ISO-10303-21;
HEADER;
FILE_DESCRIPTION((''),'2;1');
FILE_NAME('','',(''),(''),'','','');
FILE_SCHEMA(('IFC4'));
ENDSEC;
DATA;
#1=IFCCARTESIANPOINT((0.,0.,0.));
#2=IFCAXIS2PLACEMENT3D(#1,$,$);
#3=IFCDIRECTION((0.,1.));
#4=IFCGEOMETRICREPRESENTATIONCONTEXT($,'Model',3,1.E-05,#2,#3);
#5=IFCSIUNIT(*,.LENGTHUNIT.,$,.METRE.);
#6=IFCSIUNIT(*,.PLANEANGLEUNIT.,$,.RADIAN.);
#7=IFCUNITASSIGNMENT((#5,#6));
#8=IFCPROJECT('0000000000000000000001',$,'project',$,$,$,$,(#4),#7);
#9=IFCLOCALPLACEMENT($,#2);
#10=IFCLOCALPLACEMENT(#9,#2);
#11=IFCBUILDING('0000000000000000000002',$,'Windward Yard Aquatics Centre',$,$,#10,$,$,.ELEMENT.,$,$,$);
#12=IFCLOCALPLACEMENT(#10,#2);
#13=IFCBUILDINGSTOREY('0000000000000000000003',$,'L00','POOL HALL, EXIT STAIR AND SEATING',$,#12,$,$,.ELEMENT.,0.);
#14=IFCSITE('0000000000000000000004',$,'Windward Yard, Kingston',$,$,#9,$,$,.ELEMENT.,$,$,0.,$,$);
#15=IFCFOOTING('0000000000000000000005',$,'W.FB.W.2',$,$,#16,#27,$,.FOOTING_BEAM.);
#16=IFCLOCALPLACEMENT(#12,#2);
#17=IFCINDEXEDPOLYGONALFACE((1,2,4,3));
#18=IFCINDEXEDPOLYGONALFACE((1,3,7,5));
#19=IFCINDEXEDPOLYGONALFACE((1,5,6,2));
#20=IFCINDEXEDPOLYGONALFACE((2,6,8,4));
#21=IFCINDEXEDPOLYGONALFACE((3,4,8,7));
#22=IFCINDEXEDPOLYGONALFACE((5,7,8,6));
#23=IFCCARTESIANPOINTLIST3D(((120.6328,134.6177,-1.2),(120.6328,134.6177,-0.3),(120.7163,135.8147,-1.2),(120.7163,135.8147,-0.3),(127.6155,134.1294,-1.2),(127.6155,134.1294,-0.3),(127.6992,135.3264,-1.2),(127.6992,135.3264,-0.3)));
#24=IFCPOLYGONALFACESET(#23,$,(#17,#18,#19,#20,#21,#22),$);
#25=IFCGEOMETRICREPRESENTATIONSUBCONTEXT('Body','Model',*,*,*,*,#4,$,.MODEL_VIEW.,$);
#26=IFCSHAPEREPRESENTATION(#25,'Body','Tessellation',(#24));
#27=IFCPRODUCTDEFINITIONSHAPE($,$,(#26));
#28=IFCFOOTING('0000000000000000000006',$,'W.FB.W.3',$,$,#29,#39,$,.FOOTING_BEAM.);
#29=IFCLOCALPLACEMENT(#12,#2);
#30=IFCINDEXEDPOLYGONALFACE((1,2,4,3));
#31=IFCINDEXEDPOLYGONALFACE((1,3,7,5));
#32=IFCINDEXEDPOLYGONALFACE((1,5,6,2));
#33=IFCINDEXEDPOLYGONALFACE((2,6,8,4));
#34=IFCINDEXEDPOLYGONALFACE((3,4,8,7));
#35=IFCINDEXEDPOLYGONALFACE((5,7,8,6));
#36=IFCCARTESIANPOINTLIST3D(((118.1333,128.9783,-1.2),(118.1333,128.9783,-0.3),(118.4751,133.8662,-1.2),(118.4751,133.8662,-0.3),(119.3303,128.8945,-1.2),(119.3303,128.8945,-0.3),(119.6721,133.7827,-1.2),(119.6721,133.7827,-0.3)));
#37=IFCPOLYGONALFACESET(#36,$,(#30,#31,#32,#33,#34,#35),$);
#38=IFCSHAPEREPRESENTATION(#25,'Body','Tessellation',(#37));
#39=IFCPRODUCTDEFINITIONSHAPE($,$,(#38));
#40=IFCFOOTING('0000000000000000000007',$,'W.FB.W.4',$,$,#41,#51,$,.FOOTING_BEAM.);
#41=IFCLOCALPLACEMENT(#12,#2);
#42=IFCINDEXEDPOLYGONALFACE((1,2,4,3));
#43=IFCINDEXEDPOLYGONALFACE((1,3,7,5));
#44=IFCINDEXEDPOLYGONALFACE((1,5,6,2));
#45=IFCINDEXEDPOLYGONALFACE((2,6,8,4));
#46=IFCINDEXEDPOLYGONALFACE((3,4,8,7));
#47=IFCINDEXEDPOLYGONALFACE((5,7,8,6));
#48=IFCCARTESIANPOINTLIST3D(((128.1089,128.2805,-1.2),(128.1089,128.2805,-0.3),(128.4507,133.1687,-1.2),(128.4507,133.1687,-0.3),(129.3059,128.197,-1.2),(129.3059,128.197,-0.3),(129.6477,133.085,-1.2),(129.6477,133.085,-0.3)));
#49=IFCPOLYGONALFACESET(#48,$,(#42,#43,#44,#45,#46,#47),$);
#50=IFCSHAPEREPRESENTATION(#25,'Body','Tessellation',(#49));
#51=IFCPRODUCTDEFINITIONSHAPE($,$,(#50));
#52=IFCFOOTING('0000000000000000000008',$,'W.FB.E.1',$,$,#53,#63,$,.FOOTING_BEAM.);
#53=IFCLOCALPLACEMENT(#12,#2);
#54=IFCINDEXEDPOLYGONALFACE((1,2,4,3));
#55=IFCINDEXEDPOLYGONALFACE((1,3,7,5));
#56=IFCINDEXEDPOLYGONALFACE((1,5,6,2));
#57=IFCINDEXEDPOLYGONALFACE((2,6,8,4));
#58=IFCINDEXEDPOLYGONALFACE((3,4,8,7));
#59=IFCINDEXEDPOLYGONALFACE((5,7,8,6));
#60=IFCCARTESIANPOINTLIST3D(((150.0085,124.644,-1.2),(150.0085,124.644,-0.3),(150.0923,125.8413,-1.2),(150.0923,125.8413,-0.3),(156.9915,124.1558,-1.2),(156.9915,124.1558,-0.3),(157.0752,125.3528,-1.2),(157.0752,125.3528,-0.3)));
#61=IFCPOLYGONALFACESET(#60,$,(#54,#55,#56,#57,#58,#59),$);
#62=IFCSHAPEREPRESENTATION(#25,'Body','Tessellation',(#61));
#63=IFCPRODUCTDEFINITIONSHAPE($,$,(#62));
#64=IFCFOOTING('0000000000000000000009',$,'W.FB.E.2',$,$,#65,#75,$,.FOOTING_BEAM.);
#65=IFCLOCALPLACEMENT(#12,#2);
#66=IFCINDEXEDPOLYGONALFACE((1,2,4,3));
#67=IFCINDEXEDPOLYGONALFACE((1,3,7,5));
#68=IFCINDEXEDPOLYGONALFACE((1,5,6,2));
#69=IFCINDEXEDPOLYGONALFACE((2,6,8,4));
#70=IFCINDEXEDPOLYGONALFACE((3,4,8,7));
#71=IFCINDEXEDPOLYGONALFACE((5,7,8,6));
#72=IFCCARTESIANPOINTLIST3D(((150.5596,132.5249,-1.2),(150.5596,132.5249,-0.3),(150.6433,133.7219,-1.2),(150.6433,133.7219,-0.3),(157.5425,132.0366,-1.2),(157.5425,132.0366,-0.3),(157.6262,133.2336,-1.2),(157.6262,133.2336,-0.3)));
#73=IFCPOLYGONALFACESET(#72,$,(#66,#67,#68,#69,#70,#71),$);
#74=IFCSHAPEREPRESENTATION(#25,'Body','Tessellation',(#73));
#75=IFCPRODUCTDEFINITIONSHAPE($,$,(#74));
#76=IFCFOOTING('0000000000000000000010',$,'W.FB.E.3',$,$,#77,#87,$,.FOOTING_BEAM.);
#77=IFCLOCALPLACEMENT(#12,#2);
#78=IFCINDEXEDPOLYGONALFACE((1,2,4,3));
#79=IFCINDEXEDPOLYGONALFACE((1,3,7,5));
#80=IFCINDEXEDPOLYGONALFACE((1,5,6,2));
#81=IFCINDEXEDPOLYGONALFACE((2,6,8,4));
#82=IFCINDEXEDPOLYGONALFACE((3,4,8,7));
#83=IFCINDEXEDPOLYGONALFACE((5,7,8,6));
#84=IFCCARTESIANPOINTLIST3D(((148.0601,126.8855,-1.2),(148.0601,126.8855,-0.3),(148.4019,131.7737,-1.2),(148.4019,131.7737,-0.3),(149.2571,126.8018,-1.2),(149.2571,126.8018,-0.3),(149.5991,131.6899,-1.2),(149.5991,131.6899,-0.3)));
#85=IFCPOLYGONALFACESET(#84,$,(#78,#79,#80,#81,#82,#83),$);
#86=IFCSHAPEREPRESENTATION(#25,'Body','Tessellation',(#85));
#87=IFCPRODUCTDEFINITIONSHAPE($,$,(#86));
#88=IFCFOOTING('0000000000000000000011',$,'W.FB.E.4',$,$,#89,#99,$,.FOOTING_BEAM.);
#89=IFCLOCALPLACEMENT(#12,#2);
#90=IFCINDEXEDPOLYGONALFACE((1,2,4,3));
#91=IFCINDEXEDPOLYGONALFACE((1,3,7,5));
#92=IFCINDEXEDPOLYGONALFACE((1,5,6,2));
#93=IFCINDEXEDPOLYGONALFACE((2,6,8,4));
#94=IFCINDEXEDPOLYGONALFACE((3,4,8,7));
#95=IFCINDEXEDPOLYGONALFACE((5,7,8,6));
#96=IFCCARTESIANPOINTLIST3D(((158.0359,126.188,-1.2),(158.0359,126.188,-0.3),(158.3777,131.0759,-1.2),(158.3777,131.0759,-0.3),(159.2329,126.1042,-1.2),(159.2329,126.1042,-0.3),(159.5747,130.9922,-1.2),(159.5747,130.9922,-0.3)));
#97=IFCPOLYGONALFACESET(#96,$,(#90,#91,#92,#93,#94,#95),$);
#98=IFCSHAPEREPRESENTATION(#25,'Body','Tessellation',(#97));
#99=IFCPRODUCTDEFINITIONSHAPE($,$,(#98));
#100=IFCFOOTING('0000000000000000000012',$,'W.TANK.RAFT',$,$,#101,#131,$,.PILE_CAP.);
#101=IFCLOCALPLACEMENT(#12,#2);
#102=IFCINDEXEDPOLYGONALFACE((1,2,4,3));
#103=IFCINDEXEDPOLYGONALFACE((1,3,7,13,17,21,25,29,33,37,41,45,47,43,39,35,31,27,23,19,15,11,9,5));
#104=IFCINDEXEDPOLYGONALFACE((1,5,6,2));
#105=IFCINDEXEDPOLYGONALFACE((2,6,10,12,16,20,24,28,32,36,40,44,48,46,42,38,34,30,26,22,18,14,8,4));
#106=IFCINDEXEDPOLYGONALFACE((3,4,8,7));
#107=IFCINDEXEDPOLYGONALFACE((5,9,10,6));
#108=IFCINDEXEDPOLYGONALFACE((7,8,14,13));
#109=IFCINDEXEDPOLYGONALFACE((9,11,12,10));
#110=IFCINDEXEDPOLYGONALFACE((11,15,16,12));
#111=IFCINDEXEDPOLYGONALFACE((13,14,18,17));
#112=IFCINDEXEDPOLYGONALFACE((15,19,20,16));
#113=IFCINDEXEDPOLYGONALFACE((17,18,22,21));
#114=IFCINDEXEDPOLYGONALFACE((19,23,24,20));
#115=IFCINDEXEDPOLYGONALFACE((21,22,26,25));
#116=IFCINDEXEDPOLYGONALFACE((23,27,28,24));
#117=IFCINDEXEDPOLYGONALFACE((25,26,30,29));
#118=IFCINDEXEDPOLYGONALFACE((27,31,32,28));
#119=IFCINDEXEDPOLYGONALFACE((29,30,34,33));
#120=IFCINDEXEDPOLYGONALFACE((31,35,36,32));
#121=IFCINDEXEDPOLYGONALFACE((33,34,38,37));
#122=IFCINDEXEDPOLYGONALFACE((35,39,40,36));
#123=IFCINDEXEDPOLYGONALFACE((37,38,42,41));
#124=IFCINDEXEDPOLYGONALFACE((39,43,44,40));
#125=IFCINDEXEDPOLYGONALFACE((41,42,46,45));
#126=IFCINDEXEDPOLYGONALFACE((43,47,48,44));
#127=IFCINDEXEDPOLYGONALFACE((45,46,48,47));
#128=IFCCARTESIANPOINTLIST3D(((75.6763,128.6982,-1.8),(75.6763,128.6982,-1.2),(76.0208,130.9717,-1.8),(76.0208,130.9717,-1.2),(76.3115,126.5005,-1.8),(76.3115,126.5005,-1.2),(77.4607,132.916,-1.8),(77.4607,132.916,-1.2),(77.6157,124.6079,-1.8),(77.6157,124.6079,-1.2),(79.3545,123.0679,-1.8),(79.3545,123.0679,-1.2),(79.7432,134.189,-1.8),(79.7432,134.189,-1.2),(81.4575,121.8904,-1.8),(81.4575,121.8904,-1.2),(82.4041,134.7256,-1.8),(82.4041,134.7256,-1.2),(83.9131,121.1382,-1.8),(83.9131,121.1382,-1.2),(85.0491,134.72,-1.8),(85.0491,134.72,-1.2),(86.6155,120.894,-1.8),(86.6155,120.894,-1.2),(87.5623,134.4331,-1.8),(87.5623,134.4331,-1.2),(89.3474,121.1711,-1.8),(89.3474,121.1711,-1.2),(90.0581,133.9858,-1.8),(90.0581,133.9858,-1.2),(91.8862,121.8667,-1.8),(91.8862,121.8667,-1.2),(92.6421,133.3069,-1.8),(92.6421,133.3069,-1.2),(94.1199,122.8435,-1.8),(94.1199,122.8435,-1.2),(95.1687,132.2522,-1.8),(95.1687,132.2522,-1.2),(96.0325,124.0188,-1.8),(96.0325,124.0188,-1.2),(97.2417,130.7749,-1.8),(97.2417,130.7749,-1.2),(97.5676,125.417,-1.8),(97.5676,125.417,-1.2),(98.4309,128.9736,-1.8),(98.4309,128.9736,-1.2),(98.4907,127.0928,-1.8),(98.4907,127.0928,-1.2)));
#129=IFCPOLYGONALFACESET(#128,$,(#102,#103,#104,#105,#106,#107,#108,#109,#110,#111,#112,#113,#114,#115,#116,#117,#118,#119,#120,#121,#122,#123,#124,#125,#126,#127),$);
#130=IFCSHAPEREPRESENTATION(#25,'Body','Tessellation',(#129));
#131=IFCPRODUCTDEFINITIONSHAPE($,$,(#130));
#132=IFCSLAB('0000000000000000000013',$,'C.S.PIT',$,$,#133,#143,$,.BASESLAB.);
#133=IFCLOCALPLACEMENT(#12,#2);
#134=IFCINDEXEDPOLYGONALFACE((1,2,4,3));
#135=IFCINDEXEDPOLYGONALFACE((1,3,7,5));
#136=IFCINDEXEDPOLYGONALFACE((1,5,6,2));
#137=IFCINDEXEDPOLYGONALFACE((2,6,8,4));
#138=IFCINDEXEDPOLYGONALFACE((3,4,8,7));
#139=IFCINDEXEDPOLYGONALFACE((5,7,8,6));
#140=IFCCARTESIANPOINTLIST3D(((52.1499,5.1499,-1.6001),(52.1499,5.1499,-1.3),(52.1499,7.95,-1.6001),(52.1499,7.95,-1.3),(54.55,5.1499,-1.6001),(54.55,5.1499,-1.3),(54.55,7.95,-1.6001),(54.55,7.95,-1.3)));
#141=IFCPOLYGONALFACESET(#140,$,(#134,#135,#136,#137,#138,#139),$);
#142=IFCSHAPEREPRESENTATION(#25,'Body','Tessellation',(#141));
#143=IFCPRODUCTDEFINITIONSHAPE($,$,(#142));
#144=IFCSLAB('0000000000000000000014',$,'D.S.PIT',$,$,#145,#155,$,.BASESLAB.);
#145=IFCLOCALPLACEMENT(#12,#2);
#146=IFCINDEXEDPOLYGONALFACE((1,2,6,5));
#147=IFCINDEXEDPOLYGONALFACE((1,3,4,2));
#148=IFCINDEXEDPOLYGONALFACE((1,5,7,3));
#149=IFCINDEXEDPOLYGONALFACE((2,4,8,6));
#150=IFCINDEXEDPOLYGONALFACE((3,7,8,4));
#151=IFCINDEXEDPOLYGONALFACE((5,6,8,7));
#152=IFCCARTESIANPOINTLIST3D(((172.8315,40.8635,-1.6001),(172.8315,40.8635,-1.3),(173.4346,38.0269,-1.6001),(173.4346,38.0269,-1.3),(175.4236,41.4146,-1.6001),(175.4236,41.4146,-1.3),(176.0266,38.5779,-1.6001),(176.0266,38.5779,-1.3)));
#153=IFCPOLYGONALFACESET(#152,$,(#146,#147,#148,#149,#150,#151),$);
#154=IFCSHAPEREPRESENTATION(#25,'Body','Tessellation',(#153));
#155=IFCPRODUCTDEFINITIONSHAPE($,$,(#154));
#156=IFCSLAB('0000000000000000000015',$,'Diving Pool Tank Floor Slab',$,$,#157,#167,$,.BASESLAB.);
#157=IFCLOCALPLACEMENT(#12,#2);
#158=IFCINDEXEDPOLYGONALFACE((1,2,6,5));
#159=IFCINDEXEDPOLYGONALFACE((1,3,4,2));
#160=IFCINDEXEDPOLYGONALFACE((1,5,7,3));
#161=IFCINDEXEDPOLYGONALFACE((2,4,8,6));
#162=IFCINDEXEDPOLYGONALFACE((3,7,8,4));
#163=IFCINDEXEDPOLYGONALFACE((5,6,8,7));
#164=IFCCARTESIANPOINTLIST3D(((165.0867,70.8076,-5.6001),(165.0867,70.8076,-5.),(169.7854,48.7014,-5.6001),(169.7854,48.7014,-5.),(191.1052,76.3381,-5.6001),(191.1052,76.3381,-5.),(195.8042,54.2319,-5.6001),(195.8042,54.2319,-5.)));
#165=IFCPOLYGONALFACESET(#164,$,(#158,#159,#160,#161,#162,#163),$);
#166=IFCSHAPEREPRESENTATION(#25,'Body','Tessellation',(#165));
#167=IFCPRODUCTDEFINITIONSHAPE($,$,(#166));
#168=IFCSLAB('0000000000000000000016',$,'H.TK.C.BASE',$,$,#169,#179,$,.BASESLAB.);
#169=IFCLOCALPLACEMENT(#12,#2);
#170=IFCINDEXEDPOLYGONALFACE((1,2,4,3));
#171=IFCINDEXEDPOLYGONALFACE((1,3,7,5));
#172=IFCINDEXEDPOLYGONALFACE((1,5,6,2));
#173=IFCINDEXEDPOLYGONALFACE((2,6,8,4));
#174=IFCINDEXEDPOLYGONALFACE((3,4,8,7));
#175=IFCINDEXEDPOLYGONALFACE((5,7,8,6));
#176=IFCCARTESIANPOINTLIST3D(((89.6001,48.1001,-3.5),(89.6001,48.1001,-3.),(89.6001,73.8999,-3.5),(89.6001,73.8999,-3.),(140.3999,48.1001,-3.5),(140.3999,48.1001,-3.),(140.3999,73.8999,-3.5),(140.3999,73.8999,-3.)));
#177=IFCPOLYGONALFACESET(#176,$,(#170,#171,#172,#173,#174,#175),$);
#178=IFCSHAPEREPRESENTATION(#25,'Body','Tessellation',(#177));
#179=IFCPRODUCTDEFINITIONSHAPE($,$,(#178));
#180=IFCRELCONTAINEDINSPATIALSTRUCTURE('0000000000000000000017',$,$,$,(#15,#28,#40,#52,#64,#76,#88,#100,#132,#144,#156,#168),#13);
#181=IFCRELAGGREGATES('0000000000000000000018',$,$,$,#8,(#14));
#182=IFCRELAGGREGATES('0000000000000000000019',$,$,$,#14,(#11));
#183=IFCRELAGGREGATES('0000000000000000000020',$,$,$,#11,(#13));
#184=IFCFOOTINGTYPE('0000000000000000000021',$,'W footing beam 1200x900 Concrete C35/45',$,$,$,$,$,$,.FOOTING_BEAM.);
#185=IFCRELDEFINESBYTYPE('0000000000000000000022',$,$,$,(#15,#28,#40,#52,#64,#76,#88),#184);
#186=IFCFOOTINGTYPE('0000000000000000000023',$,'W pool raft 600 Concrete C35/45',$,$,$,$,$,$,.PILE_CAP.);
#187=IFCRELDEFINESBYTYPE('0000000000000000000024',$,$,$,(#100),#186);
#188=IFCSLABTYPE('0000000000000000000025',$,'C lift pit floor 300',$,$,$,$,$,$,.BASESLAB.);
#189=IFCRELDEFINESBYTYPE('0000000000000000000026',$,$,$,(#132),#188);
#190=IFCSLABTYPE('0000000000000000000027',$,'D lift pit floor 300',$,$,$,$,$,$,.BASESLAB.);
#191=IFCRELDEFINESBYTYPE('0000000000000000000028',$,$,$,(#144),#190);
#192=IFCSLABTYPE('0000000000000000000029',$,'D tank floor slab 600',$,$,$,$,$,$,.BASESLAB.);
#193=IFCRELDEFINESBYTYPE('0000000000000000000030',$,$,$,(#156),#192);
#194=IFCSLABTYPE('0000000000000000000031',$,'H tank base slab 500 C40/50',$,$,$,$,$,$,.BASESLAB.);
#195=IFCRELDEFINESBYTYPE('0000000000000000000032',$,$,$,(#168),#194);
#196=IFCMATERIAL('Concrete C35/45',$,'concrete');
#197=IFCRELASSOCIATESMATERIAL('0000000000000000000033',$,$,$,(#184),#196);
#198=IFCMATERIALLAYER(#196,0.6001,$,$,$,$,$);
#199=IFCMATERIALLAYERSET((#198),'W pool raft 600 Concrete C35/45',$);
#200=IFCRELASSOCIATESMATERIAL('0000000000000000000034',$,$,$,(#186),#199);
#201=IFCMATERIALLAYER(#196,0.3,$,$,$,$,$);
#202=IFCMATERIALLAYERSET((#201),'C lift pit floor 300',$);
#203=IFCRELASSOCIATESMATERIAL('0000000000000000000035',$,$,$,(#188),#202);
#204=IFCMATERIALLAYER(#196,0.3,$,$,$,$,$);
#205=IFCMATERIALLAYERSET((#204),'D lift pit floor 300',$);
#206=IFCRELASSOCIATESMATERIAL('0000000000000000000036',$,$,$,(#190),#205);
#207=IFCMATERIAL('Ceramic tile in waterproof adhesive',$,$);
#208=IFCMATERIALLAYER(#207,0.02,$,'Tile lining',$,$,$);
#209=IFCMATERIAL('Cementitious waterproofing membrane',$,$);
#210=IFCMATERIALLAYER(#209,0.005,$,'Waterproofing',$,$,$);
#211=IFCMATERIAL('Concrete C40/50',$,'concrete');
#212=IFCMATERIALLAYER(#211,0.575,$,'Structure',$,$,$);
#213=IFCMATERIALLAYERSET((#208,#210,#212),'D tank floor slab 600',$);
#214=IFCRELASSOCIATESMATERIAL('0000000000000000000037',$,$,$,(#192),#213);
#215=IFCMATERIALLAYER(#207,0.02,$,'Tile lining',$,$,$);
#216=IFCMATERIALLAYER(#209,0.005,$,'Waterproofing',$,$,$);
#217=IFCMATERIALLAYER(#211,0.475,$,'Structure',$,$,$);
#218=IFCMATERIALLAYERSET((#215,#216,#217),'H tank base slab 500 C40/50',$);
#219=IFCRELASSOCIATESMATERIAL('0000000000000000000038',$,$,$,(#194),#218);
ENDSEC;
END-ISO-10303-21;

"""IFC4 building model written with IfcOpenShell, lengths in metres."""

from ifc_helpers import new_model, si_unit, direction, frame, origin, place, context, subcontext, project, spatial, polyline, outline, extrude, material, layer, layer_set, type_object, element, save


model = new_model("IFC4")

# Units and contexts
model_context = context("Model", 3, precision=1e-05, world=origin(), true_north=direction((0.0, 1.0)))
body_context = subcontext(model_context, "Body", "Model", "MODEL_VIEW")
ifc_project = project(units=[si_unit("LENGTHUNIT", "METRE"), si_unit("PLANEANGLEUNIT", "RADIAN")], contexts=[model_context])

# Site, building, storey
site_placement = place(None, origin())
site = spatial("IfcSite", under=ifc_project, at=site_placement, Name="Windward Yard, Kingston", CompositionType="ELEMENT", RefElevation=0.0)
building_placement = place(site_placement, origin())
building = spatial("IfcBuilding", under=site, at=building_placement, Name="Windward Yard Aquatics Centre", CompositionType="ELEMENT")
storey_placement = place(building_placement, origin())
storey = spatial("IfcBuildingStorey", under=building, at=storey_placement, Name="L00", Description="POOL HALL, EXIT STAIR AND SEATING", CompositionType="ELEMENT", Elevation=0.0)

# Footings
ifc_material_1 = material(Name="Concrete C40/50", Category="concrete")
ifc_material_2 = material(Name="Concrete C35/45", Category="concrete")
footing_type_1 = type_object("IfcFootingType", Name="W footing beam 1200x900 Concrete C35/45", PredefinedType="FOOTING_BEAM", material=ifc_material_2)
footing_1_placement = place(storey_placement, frame((0.0, 0.0, -1.2)))
element("IfcFooting", 1, at=footing_1_placement, inside=storey, type_object=footing_type_1, Name="W.FB.W.2", PredefinedType="FOOTING_BEAM", context=body_context, shape_type="SweptSolid", body=[
    extrude(outline(polyline([(120.6328, 134.6177), (127.6155, 134.1294), (127.6992, 135.3264), (120.7163, 135.8147), (120.6328, 134.6177)])), origin(), (0.0, 0.0, 1.0), 0.8999),
])
footing_2_placement = place(storey_placement, frame((0.0, 0.0, -1.2)))
element("IfcFooting", 2, at=footing_2_placement, inside=storey, type_object=footing_type_1, Name="W.FB.W.3", PredefinedType="FOOTING_BEAM", context=body_context, shape_type="SweptSolid", body=[
    extrude(outline(polyline([(118.1333, 128.9783), (119.3303, 128.8945), (119.6721, 133.7827), (118.4751, 133.8662), (118.1333, 128.9783)])), origin(), (0.0, 0.0, 1.0), 0.8999),
])
footing_3_placement = place(storey_placement, frame((0.0, 0.0, -1.2)))
element("IfcFooting", 3, at=footing_3_placement, inside=storey, type_object=footing_type_1, Name="W.FB.W.4", PredefinedType="FOOTING_BEAM", context=body_context, shape_type="SweptSolid", body=[
    extrude(outline(polyline([(128.1089, 128.2805), (129.3059, 128.197), (129.6477, 133.085), (128.4507, 133.1687), (128.1089, 128.2805)])), origin(), (0.0, 0.0, 1.0), 0.8999),
])
footing_4_placement = place(storey_placement, frame((0.0, 0.0, -1.2)))
element("IfcFooting", 4, at=footing_4_placement, inside=storey, type_object=footing_type_1, Name="W.FB.E.1", PredefinedType="FOOTING_BEAM", context=body_context, shape_type="SweptSolid", body=[
    extrude(outline(polyline([(150.0085, 124.644), (156.9915, 124.1558), (157.0752, 125.3528), (150.0923, 125.8413), (150.0085, 124.644)])), origin(), (0.0, 0.0, 1.0), 0.8999),
])
footing_5_placement = place(storey_placement, frame((0.0, 0.0, -1.2)))
element("IfcFooting", 5, at=footing_5_placement, inside=storey, type_object=footing_type_1, Name="W.FB.E.2", PredefinedType="FOOTING_BEAM", context=body_context, shape_type="SweptSolid", body=[
    extrude(outline(polyline([(150.5596, 132.5249), (157.5425, 132.0366), (157.6262, 133.2336), (150.6433, 133.7219), (150.5596, 132.5249)])), origin(), (0.0, 0.0, 1.0), 0.8999),
])
footing_6_placement = place(storey_placement, frame((0.0, 0.0, -1.2)))
element("IfcFooting", 6, at=footing_6_placement, inside=storey, type_object=footing_type_1, Name="W.FB.E.3", PredefinedType="FOOTING_BEAM", context=body_context, shape_type="SweptSolid", body=[
    extrude(outline(polyline([(148.0601, 126.8855), (149.2571, 126.8018), (149.5991, 131.6899), (148.4019, 131.7737), (148.0601, 126.8855)])), origin(), (0.0, 0.0, 1.0), 0.8999),
])
footing_7_placement = place(storey_placement, frame((0.0, 0.0, -1.2)))
element("IfcFooting", 7, at=footing_7_placement, inside=storey, type_object=footing_type_1, Name="W.FB.E.4", PredefinedType="FOOTING_BEAM", context=body_context, shape_type="SweptSolid", body=[
    extrude(outline(polyline([(158.0359, 126.188), (159.2329, 126.1042), (159.5747, 130.9922), (158.3777, 131.0759), (158.0359, 126.188)])), origin(), (0.0, 0.0, 1.0), 0.8999),
])
ifc_layer_1 = layer(ifc_material_2, 0.6001)
ifc_layer_set_1 = layer_set([ifc_layer_1], Name="W pool raft 600 Concrete C35/45")
footing_type_2 = type_object("IfcFootingType", Name="W pool raft 600 Concrete C35/45", PredefinedType="PILE_CAP", material=ifc_layer_set_1)
footing_8_placement = place(storey_placement, frame((0.0, 0.0, -1.8)))
element("IfcFooting", 8, at=footing_8_placement, inside=storey, type_object=footing_type_2, Name="W.TANK.RAFT", PredefinedType="PILE_CAP", context=body_context, shape_type="SweptSolid", body=[
    extrude(outline(polyline([(75.6763, 128.6982), (76.0208, 130.9717), (77.4607, 132.916), (79.7432, 134.189), (82.4041, 134.7256), (85.0491, 134.72), (87.5623, 134.4331), (90.0581, 133.9858), (92.6421, 133.3069), (95.1687, 132.2522), (97.2417, 130.7749), (98.4309, 128.9736), (98.4907, 127.0928), (97.5676, 125.417), (96.0325, 124.0188), (94.1199, 122.8435), (91.8862, 121.8667), (89.3474, 121.1711), (86.6155, 120.894), (83.9131, 121.1382), (81.4575, 121.8904), (79.3545, 123.0679), (77.6157, 124.6079), (76.3115, 126.5005), (75.6763, 128.6982)])), origin(), (0.0, 0.0, 1.0), 0.6001),
])

# Slabs
ifc_layer_2 = layer(ifc_material_2, 0.3)
ifc_layer_set_2 = layer_set([ifc_layer_2], Name="C lift pit floor 300")
slab_type_1 = type_object("IfcSlabType", Name="C lift pit floor 300", PredefinedType="BASESLAB", material=ifc_layer_set_2)
slab_1_placement = place(storey_placement, frame((0.0, 0.0, -1.6001)))
element("IfcSlab", 9, at=slab_1_placement, inside=storey, type_object=slab_type_1, Name="C.S.PIT", PredefinedType="BASESLAB", context=body_context, shape_type="SweptSolid", body=[
    extrude(outline(polyline([(52.1499, 5.1499), (54.55, 5.1499), (54.55, 7.95), (52.1499, 7.95), (52.1499, 5.1499)])), origin(), (0.0, 0.0, 1.0), 0.3),
])
ifc_layer_3 = layer(ifc_material_2, 0.3)
ifc_layer_set_3 = layer_set([ifc_layer_3], Name="D lift pit floor 300")
slab_type_2 = type_object("IfcSlabType", Name="D lift pit floor 300", PredefinedType="BASESLAB", material=ifc_layer_set_3)
slab_2_placement = place(storey_placement, frame((0.0, 0.0, -1.6001)))
element("IfcSlab", 10, at=slab_2_placement, inside=storey, type_object=slab_type_2, Name="D.S.PIT", PredefinedType="BASESLAB", context=body_context, shape_type="SweptSolid", body=[
    extrude(outline(polyline([(172.8315, 40.8635), (173.4346, 38.0269), (176.0266, 38.5779), (175.4236, 41.4146), (172.8315, 40.8635)])), origin(), (0.0, 0.0, 1.0), 0.3),
])
ifc_material_3 = material(Name="Ceramic tile in waterproof adhesive")
ifc_layer_4 = layer(ifc_material_3, 0.02, Name="Tile lining")
ifc_material_4 = material(Name="Cementitious waterproofing membrane")
ifc_layer_5 = layer(ifc_material_4, 0.005, Name="Waterproofing")
ifc_layer_6 = layer(ifc_material_1, 0.575, Name="Structure")
ifc_layer_set_4 = layer_set([ifc_layer_4, ifc_layer_5, ifc_layer_6], Name="D tank floor slab 600")
slab_type_3 = type_object("IfcSlabType", Name="D tank floor slab 600", PredefinedType="BASESLAB", material=ifc_layer_set_4)
slab_3_placement = place(storey_placement, frame((0.0, 0.0, -5.6001)))
element("IfcSlab", 11, at=slab_3_placement, inside=storey, type_object=slab_type_3, Name="Diving Pool Tank Floor Slab", PredefinedType="BASESLAB", context=body_context, shape_type="SweptSolid", body=[
    extrude(outline(polyline([(165.0867, 70.8076), (169.7854, 48.7014), (195.8042, 54.2319), (191.1052, 76.3381), (165.0867, 70.8076)])), origin(), (0.0, 0.0, 1.0), 0.6001),
])
ifc_layer_7 = layer(ifc_material_3, 0.02, Name="Tile lining")
ifc_layer_8 = layer(ifc_material_4, 0.005, Name="Waterproofing")
ifc_layer_9 = layer(ifc_material_1, 0.475, Name="Structure")
ifc_layer_set_5 = layer_set([ifc_layer_7, ifc_layer_8, ifc_layer_9], Name="H tank base slab 500 C40/50")
slab_type_4 = type_object("IfcSlabType", Name="H tank base slab 500 C40/50", PredefinedType="BASESLAB", material=ifc_layer_set_5)
slab_4_placement = place(storey_placement, frame((0.0, 0.0, -3.5)))
element("IfcSlab", 12, at=slab_4_placement, inside=storey, type_object=slab_type_4, Name="H.TK.C.BASE", PredefinedType="BASESLAB", context=body_context, shape_type="SweptSolid", body=[
    extrude(outline(polyline([(89.6001, 48.1001), (140.3999, 48.1001), (140.3999, 73.8999), (89.6001, 73.8999), (89.6001, 48.1001)])), origin(), (0.0, 0.0, 1.0), 0.5),
])

save(model, "model.ifc")
